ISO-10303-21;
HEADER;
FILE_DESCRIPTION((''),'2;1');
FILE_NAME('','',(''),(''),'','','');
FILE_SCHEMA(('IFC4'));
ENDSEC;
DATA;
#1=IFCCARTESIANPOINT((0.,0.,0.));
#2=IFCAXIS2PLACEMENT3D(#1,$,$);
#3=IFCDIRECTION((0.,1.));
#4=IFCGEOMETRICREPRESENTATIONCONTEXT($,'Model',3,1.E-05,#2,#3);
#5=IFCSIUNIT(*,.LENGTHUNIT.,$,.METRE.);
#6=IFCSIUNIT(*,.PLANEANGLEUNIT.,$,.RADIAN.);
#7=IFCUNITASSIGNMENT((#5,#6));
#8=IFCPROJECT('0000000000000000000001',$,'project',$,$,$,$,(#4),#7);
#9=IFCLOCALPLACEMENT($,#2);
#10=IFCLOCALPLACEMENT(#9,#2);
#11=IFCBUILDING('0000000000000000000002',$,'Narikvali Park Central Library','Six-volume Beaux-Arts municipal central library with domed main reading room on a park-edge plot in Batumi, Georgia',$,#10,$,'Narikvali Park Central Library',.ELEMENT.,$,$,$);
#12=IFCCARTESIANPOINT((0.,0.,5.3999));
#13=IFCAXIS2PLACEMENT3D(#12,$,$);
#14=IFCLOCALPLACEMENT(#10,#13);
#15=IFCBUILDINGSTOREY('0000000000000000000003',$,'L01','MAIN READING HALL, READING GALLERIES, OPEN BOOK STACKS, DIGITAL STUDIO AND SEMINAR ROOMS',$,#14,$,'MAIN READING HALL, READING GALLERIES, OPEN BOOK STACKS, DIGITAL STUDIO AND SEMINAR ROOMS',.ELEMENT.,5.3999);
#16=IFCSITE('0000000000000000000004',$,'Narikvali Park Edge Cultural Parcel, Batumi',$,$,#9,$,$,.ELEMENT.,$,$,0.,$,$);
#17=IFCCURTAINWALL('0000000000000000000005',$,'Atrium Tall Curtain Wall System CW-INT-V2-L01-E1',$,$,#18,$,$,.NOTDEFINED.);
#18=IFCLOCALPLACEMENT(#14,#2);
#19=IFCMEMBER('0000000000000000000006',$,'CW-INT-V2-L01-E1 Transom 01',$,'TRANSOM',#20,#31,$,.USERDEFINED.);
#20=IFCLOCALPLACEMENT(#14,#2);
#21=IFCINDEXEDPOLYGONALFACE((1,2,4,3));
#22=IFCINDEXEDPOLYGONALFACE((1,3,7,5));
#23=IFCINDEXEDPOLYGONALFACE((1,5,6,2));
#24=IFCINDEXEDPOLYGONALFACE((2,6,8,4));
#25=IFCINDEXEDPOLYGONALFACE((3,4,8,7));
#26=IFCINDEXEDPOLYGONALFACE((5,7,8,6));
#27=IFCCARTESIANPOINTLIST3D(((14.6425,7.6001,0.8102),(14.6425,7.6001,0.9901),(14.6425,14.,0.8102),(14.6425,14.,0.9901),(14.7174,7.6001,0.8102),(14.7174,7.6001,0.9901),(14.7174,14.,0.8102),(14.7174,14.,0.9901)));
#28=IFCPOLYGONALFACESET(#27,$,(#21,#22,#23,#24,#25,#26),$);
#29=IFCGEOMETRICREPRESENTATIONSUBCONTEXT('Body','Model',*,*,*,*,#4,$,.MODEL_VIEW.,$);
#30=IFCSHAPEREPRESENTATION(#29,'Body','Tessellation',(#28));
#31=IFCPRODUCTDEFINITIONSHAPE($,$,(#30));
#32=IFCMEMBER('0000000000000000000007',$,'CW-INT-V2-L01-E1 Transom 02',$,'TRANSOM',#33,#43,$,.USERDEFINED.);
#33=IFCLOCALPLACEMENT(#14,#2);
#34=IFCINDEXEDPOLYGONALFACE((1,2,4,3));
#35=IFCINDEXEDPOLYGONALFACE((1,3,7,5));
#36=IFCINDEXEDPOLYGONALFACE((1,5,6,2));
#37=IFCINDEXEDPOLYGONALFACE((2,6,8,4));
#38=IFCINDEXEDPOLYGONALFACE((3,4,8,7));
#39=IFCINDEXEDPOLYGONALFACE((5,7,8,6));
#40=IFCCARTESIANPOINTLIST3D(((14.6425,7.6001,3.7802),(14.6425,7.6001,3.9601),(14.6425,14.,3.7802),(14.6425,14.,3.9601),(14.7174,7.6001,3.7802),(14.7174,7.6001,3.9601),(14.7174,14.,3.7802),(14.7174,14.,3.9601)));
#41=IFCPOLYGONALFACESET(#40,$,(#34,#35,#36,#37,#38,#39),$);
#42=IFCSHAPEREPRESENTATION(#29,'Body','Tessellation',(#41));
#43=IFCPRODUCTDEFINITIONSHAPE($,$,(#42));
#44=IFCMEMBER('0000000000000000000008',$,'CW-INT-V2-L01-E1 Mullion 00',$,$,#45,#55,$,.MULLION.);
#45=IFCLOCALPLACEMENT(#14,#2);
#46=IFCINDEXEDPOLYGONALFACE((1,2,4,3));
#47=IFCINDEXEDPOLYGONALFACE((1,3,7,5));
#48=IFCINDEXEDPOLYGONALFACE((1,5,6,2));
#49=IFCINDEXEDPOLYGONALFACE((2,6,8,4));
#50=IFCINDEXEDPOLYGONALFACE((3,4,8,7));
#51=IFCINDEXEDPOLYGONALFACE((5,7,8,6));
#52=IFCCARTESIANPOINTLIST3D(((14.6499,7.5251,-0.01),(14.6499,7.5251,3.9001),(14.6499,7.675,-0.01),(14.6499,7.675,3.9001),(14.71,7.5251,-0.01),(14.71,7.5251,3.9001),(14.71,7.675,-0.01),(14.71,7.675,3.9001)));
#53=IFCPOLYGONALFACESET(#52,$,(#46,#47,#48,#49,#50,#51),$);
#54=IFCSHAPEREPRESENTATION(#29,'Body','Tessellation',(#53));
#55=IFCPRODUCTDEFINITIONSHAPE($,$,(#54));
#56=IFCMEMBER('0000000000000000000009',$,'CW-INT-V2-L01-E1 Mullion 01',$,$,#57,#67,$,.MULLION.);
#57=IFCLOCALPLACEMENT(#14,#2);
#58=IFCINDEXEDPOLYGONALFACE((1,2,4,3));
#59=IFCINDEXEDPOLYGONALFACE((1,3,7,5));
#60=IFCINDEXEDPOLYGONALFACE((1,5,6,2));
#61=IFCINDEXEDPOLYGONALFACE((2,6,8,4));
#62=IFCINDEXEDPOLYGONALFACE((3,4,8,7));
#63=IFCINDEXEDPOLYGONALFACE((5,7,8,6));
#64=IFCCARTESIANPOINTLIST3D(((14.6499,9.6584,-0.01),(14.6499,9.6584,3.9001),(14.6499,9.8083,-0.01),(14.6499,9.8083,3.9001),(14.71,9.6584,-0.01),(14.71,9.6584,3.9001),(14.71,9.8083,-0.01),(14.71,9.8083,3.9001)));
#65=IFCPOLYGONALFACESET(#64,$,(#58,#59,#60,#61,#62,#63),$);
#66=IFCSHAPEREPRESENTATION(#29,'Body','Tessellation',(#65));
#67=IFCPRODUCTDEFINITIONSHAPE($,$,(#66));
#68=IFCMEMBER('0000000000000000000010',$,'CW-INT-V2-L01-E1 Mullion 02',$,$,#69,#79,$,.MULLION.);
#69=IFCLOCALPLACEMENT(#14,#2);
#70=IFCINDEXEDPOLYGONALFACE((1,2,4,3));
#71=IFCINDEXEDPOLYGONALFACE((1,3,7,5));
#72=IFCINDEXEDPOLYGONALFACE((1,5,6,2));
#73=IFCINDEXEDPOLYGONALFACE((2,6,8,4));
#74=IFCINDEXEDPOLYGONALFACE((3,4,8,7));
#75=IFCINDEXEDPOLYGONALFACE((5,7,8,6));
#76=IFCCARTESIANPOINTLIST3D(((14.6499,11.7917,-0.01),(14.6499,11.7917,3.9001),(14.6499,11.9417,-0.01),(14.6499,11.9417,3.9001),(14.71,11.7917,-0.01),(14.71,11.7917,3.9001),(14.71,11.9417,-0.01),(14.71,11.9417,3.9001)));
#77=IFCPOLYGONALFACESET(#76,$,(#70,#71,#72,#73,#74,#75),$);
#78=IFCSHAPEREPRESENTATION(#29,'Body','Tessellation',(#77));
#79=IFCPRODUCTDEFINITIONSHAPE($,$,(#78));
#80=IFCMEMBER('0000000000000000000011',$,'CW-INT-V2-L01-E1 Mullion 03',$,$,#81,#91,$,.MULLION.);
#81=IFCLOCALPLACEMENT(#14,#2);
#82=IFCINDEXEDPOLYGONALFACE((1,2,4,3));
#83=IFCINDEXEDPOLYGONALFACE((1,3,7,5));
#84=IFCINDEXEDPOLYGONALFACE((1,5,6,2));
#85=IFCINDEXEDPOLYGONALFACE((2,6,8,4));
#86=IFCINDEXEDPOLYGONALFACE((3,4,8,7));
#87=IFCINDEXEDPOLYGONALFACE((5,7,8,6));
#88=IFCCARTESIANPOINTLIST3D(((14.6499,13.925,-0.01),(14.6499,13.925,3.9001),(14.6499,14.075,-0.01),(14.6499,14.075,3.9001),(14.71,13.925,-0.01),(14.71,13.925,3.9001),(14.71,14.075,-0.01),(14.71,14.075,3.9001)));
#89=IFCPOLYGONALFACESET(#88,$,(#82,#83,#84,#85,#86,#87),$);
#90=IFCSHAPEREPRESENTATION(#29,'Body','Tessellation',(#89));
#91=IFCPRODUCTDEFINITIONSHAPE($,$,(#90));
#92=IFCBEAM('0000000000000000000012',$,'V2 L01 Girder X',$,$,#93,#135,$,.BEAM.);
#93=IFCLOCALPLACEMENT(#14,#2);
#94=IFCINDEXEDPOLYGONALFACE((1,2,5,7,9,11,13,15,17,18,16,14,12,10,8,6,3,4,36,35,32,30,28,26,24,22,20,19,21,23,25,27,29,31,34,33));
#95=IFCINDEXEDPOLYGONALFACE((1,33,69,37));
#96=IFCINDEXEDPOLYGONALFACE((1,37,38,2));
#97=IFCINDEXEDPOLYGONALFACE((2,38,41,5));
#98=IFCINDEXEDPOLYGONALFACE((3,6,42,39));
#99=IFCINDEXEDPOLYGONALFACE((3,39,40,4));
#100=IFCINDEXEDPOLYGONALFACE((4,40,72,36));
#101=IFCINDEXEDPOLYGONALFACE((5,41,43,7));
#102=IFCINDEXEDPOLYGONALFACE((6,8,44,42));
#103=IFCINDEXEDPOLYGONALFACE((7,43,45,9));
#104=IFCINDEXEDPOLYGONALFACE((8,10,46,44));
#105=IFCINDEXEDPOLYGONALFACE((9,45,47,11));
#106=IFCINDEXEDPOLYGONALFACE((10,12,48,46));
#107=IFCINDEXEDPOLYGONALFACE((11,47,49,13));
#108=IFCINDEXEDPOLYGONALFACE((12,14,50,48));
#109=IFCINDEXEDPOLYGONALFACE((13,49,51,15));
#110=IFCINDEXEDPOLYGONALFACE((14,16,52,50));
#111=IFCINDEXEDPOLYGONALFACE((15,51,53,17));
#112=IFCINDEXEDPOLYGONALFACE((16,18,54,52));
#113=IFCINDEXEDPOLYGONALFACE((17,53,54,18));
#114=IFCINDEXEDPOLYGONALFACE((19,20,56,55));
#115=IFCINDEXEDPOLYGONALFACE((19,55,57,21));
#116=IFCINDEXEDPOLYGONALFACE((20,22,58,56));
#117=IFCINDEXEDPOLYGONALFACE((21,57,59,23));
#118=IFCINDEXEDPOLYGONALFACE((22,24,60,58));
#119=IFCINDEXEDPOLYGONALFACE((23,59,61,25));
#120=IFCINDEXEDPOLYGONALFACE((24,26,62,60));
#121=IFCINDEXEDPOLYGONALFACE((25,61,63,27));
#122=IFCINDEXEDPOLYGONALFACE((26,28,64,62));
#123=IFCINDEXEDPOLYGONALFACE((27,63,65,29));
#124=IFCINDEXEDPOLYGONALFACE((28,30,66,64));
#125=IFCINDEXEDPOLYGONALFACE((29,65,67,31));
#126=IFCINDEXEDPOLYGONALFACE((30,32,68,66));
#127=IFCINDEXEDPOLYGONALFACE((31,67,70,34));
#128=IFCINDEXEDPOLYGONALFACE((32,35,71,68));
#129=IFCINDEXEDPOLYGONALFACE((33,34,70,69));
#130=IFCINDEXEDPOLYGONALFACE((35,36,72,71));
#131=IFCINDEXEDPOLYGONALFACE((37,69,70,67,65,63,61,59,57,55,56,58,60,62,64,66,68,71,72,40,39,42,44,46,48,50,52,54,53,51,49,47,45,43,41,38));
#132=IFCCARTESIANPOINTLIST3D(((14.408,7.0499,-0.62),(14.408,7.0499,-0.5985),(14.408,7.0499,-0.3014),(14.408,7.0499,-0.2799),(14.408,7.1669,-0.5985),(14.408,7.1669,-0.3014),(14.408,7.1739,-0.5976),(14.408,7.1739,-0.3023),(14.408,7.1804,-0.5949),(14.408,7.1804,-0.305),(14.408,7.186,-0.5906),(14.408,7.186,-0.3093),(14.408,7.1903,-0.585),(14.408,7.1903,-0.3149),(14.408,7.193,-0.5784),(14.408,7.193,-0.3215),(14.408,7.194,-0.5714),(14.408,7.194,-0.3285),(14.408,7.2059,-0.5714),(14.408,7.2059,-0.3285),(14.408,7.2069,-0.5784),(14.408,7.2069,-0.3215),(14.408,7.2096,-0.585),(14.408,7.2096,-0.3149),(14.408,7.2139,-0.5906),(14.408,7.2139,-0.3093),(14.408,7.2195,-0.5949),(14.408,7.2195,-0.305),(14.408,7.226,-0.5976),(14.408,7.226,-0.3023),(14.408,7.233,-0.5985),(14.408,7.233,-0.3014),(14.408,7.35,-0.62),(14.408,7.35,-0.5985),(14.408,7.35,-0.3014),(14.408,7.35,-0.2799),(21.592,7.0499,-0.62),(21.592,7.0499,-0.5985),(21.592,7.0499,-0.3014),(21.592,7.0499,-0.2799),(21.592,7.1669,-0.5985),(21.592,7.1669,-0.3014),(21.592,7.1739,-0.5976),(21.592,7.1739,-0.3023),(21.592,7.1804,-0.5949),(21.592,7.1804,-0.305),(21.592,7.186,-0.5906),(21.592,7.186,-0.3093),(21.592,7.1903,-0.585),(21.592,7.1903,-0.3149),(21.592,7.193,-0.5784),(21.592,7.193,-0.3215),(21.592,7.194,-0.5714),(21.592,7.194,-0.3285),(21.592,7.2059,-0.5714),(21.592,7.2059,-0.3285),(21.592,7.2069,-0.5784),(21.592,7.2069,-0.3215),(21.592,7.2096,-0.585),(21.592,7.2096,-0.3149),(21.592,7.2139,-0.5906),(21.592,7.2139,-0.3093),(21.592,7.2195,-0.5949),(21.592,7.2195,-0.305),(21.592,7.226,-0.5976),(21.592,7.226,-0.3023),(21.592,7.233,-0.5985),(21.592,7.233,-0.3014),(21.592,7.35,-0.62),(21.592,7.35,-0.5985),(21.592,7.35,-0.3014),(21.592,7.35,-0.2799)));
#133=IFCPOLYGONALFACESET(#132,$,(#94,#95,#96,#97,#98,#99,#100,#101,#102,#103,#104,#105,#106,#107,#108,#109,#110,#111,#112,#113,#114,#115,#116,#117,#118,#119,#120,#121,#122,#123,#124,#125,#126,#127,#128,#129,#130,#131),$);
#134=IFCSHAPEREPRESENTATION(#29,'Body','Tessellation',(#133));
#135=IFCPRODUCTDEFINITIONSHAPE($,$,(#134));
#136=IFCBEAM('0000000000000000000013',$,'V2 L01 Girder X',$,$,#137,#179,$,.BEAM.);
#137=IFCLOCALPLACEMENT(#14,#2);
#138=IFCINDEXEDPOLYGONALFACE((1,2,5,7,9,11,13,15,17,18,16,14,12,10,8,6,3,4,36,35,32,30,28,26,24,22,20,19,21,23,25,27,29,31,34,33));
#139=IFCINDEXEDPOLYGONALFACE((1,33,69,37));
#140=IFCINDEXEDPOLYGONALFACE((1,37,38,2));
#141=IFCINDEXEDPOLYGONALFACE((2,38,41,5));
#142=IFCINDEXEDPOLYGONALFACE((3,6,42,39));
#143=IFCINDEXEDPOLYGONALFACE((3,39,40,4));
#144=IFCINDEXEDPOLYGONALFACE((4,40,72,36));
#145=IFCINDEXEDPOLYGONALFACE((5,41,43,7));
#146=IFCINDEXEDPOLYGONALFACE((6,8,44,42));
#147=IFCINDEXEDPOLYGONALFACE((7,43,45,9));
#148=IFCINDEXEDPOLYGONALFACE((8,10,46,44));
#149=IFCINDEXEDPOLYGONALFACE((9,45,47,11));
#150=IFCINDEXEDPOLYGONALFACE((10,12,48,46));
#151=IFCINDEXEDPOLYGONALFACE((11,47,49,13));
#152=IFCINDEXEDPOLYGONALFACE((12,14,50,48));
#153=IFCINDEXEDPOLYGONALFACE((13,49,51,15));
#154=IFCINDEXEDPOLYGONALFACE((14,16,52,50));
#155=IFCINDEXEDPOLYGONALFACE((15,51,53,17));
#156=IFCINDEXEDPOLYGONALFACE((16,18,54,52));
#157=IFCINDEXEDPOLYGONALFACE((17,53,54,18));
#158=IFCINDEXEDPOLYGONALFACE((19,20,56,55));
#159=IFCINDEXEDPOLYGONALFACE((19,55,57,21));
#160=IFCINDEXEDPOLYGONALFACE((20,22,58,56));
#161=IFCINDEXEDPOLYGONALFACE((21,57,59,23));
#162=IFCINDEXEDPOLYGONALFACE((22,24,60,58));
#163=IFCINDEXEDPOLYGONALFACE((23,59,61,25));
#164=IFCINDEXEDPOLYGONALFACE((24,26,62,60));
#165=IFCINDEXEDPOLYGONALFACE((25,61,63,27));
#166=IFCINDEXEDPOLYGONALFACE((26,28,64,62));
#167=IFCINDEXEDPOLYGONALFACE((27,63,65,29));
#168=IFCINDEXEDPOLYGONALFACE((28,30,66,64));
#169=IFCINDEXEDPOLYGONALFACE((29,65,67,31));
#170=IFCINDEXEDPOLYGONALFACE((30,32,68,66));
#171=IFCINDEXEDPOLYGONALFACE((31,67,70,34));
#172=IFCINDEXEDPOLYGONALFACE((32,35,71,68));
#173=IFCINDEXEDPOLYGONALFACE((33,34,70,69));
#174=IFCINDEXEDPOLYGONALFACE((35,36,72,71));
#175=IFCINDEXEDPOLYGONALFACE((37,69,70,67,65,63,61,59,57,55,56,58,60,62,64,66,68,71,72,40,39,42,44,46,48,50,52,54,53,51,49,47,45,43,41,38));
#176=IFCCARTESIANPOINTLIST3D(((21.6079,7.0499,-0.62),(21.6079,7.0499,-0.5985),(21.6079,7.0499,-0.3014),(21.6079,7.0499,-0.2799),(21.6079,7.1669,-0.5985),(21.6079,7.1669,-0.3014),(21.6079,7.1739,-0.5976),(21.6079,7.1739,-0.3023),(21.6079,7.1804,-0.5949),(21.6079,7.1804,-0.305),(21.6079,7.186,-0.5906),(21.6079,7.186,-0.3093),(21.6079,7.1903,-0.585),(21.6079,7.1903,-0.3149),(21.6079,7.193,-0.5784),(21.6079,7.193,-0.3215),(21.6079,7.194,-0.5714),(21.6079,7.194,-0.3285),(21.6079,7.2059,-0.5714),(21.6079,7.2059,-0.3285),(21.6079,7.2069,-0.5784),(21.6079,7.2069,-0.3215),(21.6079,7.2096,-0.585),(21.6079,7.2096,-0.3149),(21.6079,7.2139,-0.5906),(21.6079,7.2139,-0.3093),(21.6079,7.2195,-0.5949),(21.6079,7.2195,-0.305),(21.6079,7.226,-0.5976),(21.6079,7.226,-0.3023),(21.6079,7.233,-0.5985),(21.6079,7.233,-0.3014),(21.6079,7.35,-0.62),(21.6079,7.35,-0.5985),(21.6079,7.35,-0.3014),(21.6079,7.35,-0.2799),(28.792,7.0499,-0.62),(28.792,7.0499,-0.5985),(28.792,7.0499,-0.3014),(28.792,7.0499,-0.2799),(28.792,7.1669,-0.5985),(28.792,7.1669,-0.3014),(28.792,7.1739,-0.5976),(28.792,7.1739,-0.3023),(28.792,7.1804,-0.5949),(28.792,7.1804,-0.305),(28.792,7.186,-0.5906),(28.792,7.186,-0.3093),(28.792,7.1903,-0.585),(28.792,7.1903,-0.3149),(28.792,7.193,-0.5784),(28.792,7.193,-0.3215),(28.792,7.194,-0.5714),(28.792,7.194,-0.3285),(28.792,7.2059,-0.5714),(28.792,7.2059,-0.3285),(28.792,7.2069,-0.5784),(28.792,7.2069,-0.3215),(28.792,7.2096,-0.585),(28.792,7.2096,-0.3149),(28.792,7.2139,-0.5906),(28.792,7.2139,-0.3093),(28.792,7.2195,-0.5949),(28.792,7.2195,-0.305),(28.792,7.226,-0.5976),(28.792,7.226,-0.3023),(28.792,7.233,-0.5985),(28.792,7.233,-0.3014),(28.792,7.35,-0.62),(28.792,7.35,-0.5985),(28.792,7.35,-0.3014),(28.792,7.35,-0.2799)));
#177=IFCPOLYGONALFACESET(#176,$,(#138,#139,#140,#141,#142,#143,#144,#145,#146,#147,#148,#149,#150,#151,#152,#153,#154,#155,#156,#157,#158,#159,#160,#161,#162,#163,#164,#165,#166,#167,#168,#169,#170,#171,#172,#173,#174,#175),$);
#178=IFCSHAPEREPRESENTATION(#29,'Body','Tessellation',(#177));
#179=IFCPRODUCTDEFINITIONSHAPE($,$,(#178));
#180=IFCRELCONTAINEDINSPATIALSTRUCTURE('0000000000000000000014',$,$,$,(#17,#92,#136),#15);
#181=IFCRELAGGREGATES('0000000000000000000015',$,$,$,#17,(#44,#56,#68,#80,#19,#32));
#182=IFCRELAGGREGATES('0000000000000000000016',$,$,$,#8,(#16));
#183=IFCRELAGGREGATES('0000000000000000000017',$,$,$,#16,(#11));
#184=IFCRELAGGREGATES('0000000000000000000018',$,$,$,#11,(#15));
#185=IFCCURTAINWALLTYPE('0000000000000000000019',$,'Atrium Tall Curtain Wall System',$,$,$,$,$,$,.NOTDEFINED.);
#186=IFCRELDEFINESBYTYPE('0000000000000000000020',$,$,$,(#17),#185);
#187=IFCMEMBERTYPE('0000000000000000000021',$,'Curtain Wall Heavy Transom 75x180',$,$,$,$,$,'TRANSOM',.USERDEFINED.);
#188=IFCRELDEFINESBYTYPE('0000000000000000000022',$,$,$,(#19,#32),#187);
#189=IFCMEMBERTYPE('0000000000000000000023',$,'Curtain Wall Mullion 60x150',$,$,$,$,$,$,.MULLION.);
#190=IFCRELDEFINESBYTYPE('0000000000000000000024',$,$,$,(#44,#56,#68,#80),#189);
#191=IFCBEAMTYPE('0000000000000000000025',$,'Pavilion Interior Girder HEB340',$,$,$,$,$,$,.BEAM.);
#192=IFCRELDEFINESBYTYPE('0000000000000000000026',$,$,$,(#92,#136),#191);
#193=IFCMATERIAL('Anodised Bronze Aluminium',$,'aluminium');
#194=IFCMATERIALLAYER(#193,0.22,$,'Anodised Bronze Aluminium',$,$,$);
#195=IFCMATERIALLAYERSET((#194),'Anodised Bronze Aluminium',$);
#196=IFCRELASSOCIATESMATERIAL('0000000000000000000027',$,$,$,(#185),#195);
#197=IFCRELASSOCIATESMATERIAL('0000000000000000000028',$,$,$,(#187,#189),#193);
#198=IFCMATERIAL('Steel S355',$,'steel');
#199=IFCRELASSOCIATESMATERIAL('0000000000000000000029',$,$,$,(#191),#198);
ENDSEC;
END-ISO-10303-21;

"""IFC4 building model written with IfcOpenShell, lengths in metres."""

from ifc_helpers import new_model, si_unit, direction, frame, origin, origin_2d, place, context, subcontext, project, spatial, rectangle, i_section, extrude, material, layer, layer_set, material_profile, profile_set, type_object, element, aggregate, save


model = new_model("IFC4")

# Units and contexts
model_context = context("Model", 3, precision=1e-05, world=origin(), true_north=direction((0.0, 1.0)))
body_context = subcontext(model_context, "Body", "Model", "MODEL_VIEW")
ifc_project = project(units=[si_unit("LENGTHUNIT", "METRE"), si_unit("PLANEANGLEUNIT", "RADIAN")], contexts=[model_context])

# Site, building, storey
site_placement = place(None, origin())
site = spatial("IfcSite", under=ifc_project, at=site_placement, Name="Narikvali Park Edge Cultural Parcel, Batumi", CompositionType="ELEMENT", RefElevation=0.0)
building_placement = place(site_placement, origin())
building = spatial("IfcBuilding", under=site, at=building_placement, Name="Narikvali Park Central Library", Description="Six-volume Beaux-Arts municipal central library with domed main reading room on a park-edge plot in Batumi, Georgia", LongName="Narikvali Park Central Library", CompositionType="ELEMENT")
storey_placement = place(building_placement, frame((0.0, 0.0, 5.3999)))
storey = spatial("IfcBuildingStorey", under=building, at=storey_placement, Name="L01", Description="MAIN READING HALL, READING GALLERIES, OPEN BOOK STACKS, DIGITAL STUDIO AND SEMINAR ROOMS", LongName="MAIN READING HALL, READING GALLERIES, OPEN BOOK STACKS, DIGITAL STUDIO AND SEMINAR ROOMS", CompositionType="ELEMENT", Elevation=5.3999)

# Shared definitions
ifc_material_1 = material(Name="Steel S355", Category="steel")

# Curtain wall, members
ifc_material_2 = material(Name="Anodised Bronze Aluminium", Category="aluminium")
ifc_layer_1 = layer(ifc_material_2, 0.22, Name="Anodised Bronze Aluminium")
ifc_layer_set_1 = layer_set([ifc_layer_1], Name="Anodised Bronze Aluminium")
curtain_wall_type = type_object("IfcCurtainWallType", Name="Atrium Tall Curtain Wall System", PredefinedType="NOTDEFINED", material=ifc_layer_set_1)
curtain_wall_placement = place(storey_placement, origin())
curtain_wall = element("IfcCurtainWall", 1, at=curtain_wall_placement, inside=storey, type_object=curtain_wall_type, Name="Atrium Tall Curtain Wall System CW-INT-V2-L01-E1", PredefinedType="NOTDEFINED")
ifc_material_profile_1 = material_profile(ifc_material_2, rectangle(XDim=0.075, YDim=0.1799, at=origin_2d()), Name="CW TRANSOM 75x180")
ifc_profile_set_1 = profile_set([ifc_material_profile_1], Name="Anodised Bronze Aluminium")
member_type_1 = type_object("IfcMemberType", Name="Curtain Wall Heavy Transom 75x180", ElementType="TRANSOM", PredefinedType="USERDEFINED", material=ifc_profile_set_1)
member_1_placement = place(storey_placement, frame((14.6799, 7.6001, 0.9001), z_axis=(0.0, 1.0, 0.0), x_axis=(-1.0, 0.0, 0.0)))
member_1 = element("IfcMember", 2, at=member_1_placement, type_object=member_type_1, Name="CW-INT-V2-L01-E1 Transom 01", ObjectType="TRANSOM", PredefinedType="USERDEFINED", context=body_context, shape_type="SweptSolid", body=[
    extrude(rectangle(XDim=0.075, YDim=0.1799, at=origin_2d()), origin(), (0.0, 0.0, 1.0), 6.3999),
])
member_2_placement = place(storey_placement, frame((14.6799, 7.6001, 3.8701), z_axis=(0.0, 1.0, 0.0), x_axis=(-1.0, 0.0, 0.0)))
member_2 = element("IfcMember", 3, at=member_2_placement, type_object=member_type_1, Name="CW-INT-V2-L01-E1 Transom 02", ObjectType="TRANSOM", PredefinedType="USERDEFINED", context=body_context, shape_type="SweptSolid", body=[
    extrude(rectangle(XDim=0.075, YDim=0.1799, at=origin_2d()), origin(), (0.0, 0.0, 1.0), 6.3999),
])
ifc_material_profile_2 = material_profile(ifc_material_2, rectangle(XDim=0.0601, YDim=0.1499, at=origin_2d()), Name="CW MULLION 60x150")
ifc_profile_set_2 = profile_set([ifc_material_profile_2], Name="Anodised Bronze Aluminium")
member_type_2 = type_object("IfcMemberType", Name="Curtain Wall Mullion 60x150", PredefinedType="MULLION", material=ifc_profile_set_2)
member_3_placement = place(storey_placement, frame((14.6799, 7.6001, -0.01), z_axis=(0.0, 0.0, 1.0), x_axis=(1.0, 0.0, 0.0)))
member_3 = element("IfcMember", 4, at=member_3_placement, type_object=member_type_2, Name="CW-INT-V2-L01-E1 Mullion 00", PredefinedType="MULLION", context=body_context, shape_type="SweptSolid", body=[
    extrude(rectangle(XDim=0.0601, YDim=0.1499, at=origin_2d()), origin(), (0.0, 0.0, 1.0), 3.9102),
])
member_4_placement = place(storey_placement, frame((14.6799, 9.7334, -0.01), z_axis=(0.0, 0.0, 1.0), x_axis=(1.0, 0.0, 0.0)))
member_4 = element("IfcMember", 5, at=member_4_placement, type_object=member_type_2, Name="CW-INT-V2-L01-E1 Mullion 01", PredefinedType="MULLION", context=body_context, shape_type="SweptSolid", body=[
    extrude(rectangle(XDim=0.0601, YDim=0.1499, at=origin_2d()), origin(), (0.0, 0.0, 1.0), 3.9102),
])
member_5_placement = place(storey_placement, frame((14.6799, 11.8667, -0.01), z_axis=(0.0, 0.0, 1.0), x_axis=(1.0, 0.0, 0.0)))
member_5 = element("IfcMember", 6, at=member_5_placement, type_object=member_type_2, Name="CW-INT-V2-L01-E1 Mullion 02", PredefinedType="MULLION", context=body_context, shape_type="SweptSolid", body=[
    extrude(rectangle(XDim=0.0601, YDim=0.1499, at=origin_2d()), origin(), (0.0, 0.0, 1.0), 3.9102),
])
member_6_placement = place(storey_placement, frame((14.6799, 14.0, -0.01), z_axis=(0.0, 0.0, 1.0), x_axis=(1.0, 0.0, 0.0)))
member_6 = element("IfcMember", 7, at=member_6_placement, type_object=member_type_2, Name="CW-INT-V2-L01-E1 Mullion 03", PredefinedType="MULLION", context=body_context, shape_type="SweptSolid", body=[
    extrude(rectangle(XDim=0.0601, YDim=0.1499, at=origin_2d()), origin(), (0.0, 0.0, 1.0), 3.9102),
])

# Beams
ifc_material_profile_3 = material_profile(ifc_material_1, i_section(OverallWidth=0.3, OverallDepth=0.3401, WebThickness=0.012, FlangeThickness=0.0215, FilletRadius=0.0271, at=origin_2d()), Name="HEB 340")
ifc_profile_set_3 = profile_set([ifc_material_profile_3], Name="Steel S355")
beam_type_1 = type_object("IfcBeamType", Name="Pavilion Interior Girder HEB340", PredefinedType="BEAM", material=ifc_profile_set_3)
for number, where, z_axis, x_axis, name in (
    (8, (14.408, 7.2, -0.45), (1.0, 0.0, 0.0), (0.0, 1.0, 0.0), "V2 L01 Girder X"),
    (9, (21.6079, 7.2, -0.45), (1.0, 0.0, 0.0), (0.0, 1.0, 0.0), "V2 L01 Girder X"),
):
    element("IfcBeam", number, at=place(storey_placement, frame(where, z_axis=z_axis, x_axis=x_axis)), inside=storey, type_object=beam_type_1, Name=name, PredefinedType="BEAM", context=body_context, shape_type="SweptSolid", body=[
        extrude(i_section(OverallWidth=0.3, OverallDepth=0.3401, WebThickness=0.012, FlangeThickness=0.0215, FilletRadius=0.0271, at=origin_2d()), origin(), (0.0, 0.0, 1.0), 7.1841),
    ])

aggregate(curtain_wall, [member_3, member_4, member_5, member_6, member_1, member_2])

save(model, "model.ifc")
